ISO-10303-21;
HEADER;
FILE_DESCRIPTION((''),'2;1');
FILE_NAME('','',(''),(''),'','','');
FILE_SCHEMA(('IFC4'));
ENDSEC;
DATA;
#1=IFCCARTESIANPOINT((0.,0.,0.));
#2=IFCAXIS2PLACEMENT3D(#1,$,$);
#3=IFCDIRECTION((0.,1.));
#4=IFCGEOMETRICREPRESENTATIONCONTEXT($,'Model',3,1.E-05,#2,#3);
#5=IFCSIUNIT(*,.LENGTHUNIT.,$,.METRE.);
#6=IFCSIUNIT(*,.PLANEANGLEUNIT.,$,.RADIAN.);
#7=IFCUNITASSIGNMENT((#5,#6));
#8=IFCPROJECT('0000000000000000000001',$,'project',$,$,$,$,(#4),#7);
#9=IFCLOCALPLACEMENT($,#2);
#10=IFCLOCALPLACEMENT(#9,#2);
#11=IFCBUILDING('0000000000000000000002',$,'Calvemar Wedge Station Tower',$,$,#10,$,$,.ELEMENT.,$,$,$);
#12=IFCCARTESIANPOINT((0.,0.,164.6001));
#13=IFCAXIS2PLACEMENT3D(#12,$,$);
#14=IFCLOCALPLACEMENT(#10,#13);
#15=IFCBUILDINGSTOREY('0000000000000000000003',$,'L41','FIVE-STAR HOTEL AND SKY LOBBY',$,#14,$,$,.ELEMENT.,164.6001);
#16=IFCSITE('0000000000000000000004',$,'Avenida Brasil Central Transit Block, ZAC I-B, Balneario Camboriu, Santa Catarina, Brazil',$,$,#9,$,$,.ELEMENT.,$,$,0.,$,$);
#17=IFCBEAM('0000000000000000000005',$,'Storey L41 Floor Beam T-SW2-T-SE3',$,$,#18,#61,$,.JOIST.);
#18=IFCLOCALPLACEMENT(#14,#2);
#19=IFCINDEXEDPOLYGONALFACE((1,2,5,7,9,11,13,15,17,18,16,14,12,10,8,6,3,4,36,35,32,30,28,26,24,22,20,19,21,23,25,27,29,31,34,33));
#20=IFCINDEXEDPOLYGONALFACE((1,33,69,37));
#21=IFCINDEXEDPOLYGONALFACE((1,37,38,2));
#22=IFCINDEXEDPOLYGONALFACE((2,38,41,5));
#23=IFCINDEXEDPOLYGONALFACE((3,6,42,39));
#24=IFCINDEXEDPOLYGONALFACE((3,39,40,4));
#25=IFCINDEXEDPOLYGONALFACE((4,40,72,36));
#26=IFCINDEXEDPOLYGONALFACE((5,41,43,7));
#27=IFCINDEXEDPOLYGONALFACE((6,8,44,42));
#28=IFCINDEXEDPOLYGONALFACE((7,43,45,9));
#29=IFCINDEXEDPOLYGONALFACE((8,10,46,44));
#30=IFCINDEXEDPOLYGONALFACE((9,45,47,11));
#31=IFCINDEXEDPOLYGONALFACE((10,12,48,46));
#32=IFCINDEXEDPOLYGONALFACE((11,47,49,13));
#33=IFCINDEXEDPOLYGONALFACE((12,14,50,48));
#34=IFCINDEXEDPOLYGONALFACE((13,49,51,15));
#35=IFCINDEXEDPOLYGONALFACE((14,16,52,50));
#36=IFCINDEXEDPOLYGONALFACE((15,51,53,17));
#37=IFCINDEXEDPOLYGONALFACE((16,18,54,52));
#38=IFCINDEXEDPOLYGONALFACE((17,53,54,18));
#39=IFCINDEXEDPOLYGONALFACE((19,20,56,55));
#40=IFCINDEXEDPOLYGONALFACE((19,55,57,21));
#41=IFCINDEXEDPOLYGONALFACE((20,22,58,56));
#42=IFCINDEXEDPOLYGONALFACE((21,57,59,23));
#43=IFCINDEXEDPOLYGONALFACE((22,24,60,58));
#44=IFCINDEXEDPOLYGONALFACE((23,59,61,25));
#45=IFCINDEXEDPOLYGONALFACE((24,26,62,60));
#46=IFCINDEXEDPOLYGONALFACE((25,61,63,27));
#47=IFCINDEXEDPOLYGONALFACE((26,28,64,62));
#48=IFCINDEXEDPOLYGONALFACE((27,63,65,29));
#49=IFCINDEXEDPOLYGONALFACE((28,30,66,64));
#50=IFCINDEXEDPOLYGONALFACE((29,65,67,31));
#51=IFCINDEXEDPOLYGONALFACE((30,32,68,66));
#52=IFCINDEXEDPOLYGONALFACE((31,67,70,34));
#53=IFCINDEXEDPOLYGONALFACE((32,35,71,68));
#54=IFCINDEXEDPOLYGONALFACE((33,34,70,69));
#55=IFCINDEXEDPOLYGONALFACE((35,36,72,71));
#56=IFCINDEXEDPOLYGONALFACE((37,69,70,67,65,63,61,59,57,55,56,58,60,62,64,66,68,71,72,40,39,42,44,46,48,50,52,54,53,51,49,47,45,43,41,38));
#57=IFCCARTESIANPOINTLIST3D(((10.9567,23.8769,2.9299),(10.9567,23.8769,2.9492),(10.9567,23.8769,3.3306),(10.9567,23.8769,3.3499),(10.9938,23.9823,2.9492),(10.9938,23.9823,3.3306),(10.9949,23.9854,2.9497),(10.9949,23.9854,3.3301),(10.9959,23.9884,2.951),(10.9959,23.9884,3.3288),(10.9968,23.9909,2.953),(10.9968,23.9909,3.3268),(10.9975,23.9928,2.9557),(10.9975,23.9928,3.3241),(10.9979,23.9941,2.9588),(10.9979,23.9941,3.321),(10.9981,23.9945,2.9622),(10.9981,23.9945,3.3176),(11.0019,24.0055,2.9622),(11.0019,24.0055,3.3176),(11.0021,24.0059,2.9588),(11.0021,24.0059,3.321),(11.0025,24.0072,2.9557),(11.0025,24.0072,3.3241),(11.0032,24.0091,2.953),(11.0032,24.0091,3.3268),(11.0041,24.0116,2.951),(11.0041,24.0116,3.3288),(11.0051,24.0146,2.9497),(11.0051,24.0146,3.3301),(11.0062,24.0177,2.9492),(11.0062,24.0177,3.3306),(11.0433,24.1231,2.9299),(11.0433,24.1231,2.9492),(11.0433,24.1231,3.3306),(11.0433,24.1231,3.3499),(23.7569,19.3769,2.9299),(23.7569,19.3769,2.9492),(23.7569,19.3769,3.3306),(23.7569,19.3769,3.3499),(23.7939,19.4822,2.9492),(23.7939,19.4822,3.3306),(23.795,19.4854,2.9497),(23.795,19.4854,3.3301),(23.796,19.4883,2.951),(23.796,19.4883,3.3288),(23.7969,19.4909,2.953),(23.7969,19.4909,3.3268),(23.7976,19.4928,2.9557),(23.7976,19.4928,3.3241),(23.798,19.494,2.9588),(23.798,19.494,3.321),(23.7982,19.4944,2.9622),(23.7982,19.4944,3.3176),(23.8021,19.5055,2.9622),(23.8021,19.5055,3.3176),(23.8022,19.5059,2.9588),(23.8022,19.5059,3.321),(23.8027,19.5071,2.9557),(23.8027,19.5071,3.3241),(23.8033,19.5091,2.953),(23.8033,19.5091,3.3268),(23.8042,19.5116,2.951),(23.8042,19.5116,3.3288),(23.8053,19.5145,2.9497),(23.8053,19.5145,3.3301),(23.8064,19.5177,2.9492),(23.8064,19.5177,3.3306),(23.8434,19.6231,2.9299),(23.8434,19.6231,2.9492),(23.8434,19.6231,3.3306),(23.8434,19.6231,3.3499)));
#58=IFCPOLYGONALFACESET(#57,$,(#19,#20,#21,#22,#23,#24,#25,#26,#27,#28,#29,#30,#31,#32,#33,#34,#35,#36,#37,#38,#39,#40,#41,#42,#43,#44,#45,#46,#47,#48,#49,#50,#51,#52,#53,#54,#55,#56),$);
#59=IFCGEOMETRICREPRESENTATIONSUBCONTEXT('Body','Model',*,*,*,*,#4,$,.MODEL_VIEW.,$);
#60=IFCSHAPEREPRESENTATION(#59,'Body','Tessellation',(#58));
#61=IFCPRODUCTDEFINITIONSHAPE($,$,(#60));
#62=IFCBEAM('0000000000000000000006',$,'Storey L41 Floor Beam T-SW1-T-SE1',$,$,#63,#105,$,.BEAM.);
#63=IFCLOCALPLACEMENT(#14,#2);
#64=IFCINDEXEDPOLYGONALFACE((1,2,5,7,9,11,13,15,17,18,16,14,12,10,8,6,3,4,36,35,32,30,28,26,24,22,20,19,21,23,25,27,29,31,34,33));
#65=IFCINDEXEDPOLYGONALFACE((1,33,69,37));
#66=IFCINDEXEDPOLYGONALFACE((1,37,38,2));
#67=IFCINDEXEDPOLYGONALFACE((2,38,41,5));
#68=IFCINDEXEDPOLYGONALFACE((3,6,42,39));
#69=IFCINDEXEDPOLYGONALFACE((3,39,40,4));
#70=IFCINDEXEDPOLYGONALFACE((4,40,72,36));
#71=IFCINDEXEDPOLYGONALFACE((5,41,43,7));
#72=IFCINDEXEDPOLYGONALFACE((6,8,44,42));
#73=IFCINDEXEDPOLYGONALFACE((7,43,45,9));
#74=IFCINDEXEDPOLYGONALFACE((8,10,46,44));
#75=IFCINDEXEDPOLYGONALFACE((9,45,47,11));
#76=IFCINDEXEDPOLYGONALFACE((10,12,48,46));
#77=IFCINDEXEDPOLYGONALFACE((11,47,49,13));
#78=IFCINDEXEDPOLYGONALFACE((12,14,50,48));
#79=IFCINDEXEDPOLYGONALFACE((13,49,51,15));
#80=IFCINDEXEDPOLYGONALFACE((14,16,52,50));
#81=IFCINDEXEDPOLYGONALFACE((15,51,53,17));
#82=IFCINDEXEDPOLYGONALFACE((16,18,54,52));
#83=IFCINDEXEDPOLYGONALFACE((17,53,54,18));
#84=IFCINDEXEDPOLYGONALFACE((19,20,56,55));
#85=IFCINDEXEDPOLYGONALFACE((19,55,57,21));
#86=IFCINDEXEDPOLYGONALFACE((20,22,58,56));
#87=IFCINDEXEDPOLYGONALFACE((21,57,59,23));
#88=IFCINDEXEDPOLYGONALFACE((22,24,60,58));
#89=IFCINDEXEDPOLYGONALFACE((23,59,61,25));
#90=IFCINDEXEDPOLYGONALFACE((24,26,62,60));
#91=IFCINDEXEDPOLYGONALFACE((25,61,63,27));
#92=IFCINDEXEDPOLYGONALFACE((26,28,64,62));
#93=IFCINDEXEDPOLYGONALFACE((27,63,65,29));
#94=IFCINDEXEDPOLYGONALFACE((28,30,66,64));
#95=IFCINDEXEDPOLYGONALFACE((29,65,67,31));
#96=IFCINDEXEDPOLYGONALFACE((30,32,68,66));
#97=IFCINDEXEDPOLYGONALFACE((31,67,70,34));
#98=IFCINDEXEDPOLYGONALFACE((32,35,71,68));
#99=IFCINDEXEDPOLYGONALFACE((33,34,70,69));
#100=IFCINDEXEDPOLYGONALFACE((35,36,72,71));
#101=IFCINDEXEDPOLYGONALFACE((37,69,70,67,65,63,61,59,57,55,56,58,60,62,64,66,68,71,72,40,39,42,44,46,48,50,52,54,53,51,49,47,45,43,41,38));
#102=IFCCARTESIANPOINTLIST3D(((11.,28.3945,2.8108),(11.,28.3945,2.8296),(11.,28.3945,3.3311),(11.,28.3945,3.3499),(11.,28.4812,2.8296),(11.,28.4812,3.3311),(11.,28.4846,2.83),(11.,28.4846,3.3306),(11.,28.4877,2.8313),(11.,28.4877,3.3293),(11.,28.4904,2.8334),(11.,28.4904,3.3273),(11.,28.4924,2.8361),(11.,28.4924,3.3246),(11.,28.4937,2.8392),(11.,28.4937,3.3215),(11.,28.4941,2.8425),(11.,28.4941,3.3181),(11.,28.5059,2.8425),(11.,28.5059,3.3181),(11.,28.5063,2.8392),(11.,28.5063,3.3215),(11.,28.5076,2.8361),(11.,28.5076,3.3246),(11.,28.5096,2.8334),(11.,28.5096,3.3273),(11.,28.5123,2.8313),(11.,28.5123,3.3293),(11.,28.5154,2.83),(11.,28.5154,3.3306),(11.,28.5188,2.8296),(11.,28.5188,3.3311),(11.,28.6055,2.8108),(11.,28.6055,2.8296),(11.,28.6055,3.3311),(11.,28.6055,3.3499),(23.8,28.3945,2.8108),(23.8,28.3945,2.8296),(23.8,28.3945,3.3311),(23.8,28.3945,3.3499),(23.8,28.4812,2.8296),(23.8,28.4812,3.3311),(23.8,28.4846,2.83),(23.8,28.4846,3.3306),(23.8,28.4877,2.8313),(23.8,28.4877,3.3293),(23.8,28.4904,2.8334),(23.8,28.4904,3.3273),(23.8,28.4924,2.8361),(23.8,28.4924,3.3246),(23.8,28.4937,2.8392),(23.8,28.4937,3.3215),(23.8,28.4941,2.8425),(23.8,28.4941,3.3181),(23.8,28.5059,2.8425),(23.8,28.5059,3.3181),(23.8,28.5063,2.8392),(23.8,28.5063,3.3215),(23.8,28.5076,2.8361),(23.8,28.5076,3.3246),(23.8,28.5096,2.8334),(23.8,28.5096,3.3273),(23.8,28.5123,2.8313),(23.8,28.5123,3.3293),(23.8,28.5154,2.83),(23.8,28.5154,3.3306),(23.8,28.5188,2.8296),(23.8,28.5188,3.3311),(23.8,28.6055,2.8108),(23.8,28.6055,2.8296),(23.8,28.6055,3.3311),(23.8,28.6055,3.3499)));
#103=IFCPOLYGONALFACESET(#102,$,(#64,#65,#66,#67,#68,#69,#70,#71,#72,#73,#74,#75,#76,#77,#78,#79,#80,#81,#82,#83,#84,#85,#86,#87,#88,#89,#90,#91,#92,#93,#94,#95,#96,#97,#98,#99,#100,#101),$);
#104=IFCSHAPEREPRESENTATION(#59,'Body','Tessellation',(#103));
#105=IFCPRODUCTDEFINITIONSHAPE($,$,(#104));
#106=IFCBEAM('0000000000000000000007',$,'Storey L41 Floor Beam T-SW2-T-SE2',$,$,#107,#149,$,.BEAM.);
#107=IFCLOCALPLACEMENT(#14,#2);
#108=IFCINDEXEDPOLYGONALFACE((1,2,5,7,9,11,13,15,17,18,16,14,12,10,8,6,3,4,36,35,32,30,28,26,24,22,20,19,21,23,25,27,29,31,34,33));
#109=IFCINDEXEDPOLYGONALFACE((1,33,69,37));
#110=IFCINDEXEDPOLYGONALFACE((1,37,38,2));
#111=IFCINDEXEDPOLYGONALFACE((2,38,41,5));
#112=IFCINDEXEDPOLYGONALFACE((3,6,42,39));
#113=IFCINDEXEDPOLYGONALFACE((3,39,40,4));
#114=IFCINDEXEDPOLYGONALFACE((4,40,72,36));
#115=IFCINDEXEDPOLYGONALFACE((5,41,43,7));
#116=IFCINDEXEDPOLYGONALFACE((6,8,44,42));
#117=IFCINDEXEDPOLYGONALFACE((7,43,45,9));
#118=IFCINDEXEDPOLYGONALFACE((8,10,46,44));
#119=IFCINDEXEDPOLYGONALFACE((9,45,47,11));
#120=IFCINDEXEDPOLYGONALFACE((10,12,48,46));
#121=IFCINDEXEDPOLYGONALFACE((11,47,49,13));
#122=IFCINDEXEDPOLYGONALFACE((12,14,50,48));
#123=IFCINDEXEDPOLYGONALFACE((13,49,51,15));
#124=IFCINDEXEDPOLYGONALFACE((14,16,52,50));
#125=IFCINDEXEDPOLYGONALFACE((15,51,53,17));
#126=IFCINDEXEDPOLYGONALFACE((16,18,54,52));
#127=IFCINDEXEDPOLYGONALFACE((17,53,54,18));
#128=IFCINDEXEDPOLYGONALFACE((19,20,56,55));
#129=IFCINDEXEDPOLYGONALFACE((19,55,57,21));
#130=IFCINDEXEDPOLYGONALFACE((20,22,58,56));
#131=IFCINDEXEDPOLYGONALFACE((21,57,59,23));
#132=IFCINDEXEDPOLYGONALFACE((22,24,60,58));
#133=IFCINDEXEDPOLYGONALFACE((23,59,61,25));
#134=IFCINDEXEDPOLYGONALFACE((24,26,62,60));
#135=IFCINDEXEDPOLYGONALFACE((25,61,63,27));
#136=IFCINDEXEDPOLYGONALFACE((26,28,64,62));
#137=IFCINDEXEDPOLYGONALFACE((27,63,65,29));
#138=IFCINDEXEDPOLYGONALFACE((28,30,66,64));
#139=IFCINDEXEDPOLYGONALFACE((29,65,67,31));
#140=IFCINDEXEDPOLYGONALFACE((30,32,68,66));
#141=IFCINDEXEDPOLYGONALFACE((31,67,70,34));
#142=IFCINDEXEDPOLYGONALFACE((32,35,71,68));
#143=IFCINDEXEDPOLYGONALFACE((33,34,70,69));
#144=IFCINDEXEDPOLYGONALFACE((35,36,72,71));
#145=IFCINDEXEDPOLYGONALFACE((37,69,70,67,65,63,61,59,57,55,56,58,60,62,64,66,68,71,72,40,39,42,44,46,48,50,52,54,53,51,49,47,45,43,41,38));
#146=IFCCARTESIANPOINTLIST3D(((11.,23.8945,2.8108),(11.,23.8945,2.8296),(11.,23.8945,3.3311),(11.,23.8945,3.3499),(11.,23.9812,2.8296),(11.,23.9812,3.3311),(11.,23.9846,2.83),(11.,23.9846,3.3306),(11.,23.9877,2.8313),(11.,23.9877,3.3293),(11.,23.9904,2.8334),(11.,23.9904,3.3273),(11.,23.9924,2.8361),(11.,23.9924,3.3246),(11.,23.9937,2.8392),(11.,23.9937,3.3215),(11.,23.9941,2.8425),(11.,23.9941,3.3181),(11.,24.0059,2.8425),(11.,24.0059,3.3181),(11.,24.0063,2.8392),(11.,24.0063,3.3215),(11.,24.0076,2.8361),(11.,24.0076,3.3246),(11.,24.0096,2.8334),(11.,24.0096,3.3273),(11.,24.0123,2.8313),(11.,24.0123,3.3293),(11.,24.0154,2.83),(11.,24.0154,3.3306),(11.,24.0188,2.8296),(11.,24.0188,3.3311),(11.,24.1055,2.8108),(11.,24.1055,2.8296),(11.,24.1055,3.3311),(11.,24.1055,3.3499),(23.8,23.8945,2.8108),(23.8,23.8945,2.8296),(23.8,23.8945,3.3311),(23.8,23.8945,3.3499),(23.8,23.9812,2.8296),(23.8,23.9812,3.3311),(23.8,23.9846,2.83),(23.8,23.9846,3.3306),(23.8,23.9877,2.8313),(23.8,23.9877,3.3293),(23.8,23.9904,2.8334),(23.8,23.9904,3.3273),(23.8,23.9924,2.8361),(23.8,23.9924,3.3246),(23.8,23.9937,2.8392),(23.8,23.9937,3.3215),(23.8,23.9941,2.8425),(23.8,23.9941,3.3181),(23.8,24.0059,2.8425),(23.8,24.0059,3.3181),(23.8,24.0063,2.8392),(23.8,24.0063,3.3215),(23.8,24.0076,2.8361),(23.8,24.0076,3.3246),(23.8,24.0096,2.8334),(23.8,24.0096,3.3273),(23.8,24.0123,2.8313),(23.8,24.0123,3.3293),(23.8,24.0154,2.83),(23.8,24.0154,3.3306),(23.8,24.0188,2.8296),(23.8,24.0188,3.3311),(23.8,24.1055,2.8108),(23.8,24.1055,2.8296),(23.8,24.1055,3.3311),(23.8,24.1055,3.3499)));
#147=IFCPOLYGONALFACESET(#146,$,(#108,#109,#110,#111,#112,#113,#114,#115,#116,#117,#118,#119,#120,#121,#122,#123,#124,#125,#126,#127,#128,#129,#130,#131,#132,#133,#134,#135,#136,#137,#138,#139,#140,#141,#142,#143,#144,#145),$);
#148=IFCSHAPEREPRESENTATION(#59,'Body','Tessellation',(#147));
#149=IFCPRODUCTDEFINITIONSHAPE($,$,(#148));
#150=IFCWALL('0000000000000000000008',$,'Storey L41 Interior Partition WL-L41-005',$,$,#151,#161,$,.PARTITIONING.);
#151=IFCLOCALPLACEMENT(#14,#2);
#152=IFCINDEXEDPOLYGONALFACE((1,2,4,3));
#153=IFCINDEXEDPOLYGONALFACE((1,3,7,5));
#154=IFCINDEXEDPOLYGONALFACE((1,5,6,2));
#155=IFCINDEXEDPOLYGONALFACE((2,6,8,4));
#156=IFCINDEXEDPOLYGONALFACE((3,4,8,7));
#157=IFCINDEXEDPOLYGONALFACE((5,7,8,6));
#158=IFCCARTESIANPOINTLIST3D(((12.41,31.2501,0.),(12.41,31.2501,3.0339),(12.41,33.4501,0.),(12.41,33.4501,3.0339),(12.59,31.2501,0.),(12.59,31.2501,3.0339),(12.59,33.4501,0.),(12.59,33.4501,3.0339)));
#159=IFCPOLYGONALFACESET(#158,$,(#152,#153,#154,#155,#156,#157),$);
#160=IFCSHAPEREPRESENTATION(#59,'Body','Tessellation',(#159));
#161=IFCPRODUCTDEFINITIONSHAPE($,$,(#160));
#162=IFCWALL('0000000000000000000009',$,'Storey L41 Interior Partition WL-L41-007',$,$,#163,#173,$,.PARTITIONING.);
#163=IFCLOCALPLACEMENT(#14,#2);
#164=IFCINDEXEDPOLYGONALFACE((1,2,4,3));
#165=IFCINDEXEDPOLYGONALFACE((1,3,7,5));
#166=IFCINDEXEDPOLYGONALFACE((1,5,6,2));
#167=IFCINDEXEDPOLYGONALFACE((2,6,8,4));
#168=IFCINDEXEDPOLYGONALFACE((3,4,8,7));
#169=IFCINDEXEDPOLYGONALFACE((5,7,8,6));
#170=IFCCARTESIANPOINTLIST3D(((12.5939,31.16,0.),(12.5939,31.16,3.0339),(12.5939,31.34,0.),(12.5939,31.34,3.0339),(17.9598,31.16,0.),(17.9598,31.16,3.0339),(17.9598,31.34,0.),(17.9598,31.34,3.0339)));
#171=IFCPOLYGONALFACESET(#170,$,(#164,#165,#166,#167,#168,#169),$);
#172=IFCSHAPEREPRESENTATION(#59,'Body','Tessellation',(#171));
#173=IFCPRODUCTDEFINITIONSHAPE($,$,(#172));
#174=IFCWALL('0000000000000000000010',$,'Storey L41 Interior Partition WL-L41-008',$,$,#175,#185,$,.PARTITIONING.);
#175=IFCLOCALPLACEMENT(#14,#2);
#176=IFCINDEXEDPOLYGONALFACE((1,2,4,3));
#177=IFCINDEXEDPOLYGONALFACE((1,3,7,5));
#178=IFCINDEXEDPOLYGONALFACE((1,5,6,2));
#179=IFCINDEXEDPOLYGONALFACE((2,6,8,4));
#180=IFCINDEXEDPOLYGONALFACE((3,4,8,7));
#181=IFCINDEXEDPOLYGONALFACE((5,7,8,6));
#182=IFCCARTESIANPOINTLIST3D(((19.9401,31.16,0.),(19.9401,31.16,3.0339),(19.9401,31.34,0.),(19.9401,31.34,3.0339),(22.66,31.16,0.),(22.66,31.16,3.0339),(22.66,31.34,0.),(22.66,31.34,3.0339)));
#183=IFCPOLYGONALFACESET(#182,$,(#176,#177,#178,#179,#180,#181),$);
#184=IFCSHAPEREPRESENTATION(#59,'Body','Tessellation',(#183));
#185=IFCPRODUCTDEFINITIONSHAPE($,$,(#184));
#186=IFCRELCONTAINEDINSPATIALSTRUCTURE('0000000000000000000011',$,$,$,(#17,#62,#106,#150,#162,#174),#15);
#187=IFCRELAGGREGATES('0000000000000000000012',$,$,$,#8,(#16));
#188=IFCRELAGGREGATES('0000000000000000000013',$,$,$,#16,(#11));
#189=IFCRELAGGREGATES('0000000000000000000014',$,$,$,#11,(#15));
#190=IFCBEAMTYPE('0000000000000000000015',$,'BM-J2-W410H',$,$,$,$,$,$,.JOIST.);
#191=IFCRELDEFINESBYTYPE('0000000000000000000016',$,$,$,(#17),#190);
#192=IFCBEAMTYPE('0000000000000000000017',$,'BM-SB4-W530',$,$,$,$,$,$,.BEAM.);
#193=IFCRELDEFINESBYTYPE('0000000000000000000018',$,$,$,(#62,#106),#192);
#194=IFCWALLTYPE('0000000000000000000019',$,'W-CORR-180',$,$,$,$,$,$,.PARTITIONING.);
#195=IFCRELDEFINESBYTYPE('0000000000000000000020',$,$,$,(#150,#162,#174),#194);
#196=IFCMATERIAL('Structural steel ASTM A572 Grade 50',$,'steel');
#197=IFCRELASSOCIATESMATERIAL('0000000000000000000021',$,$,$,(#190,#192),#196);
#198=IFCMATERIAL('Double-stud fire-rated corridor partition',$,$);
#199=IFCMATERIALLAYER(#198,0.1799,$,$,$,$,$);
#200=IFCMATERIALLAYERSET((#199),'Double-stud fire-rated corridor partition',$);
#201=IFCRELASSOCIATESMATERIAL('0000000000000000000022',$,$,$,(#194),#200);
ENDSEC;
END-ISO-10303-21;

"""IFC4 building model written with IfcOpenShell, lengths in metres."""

from ifc_helpers import new_model, si_unit, direction, frame, frame_2d, origin, origin_2d, place, context, subcontext, project, spatial, rectangle, i_section, extrude, source, transform, mapped, material, layer, layer_set, material_profile, profile_set, type_object, element, save


model = new_model("IFC4")

# Units and contexts
model_context = context("Model", 3, precision=1e-05, world=origin(), true_north=direction((0.0, 1.0)))
body_context = subcontext(model_context, "Body", "Model", "MODEL_VIEW")
ifc_project = project(units=[si_unit("LENGTHUNIT", "METRE"), si_unit("PLANEANGLEUNIT", "RADIAN")], contexts=[model_context])

# Site, building, storey
site_placement = place(None, origin())
site = spatial("IfcSite", under=ifc_project, at=site_placement, Name="Avenida Brasil Central Transit Block, ZAC I-B, Balneario Camboriu, Santa Catarina, Brazil", CompositionType="ELEMENT", RefElevation=0.0)
building_placement = place(site_placement, origin())
building = spatial("IfcBuilding", under=site, at=building_placement, Name="Calvemar Wedge Station Tower", CompositionType="ELEMENT")
storey_placement = place(building_placement, frame((0.0, 0.0, 164.6001)))
storey = spatial("IfcBuildingStorey", under=building, at=storey_placement, Name="L41", Description="FIVE-STAR HOTEL AND SKY LOBBY", CompositionType="ELEMENT", Elevation=164.6001)

# Beams
ifc_material_1 = material(Name="Structural steel ASTM A572 Grade 50", Category="steel")
ifc_material_profile_1 = material_profile(ifc_material_1, i_section(OverallWidth=0.261, OverallDepth=0.4199, WebThickness=0.0117, FlangeThickness=0.0193, FilletRadius=0.0129, at=origin_2d()), Name="W410x114")
ifc_profile_set_1 = profile_set([ifc_material_profile_1], Name="Structural steel ASTM A572 Grade 50")
beam_type_1 = type_object("IfcBeamType", Name="BM-J2-W410H", PredefinedType="JOIST", material=ifc_profile_set_1)
shared_shape_1 = source(origin(), body_context, "Body", "SweptSolid", [
    extrude(i_section(OverallWidth=0.261, OverallDepth=0.4199, WebThickness=0.0117, FlangeThickness=0.0193, FilletRadius=0.0129, at=origin_2d()), origin(), (0.0, 0.0, 1.0), 13.5681),
])
for number, where, z_axis, x_axis, name in (
    (1, (11.0, 24.0, 3.1399), (0.943398, -0.331662, 0.0), (0.331662, 0.943398, 0.0), "Storey L41 Floor Beam T-SW2-T-SE3"),
):
    element("IfcBeam", number, at=place(storey_placement, frame(where, z_axis=z_axis, x_axis=x_axis)), inside=storey, type_object=beam_type_1, Name=name, PredefinedType="JOIST", context=body_context, shape_type="MappedRepresentation", body=[
        mapped(shared_shape_1, transform((0.0, 0.0, 0.0), scale=1.0)),
    ])
ifc_material_profile_2 = material_profile(ifc_material_1, i_section(OverallWidth=0.2109, OverallDepth=0.5391, WebThickness=0.0117, FlangeThickness=0.0188, FilletRadius=0.0129, at=origin_2d()), Name="W530x109")
ifc_profile_set_2 = profile_set([ifc_material_profile_2], Name="Structural steel ASTM A572 Grade 50")
beam_type_2 = type_object("IfcBeamType", Name="BM-SB4-W530", PredefinedType="BEAM", material=ifc_profile_set_2)
shared_shape_2 = source(origin(), body_context, "Body", "SweptSolid", [
    extrude(i_section(OverallWidth=0.2109, OverallDepth=0.5391, WebThickness=0.0117, FlangeThickness=0.0188, FilletRadius=0.0129, at=origin_2d()), origin(), (0.0, 0.0, 1.0), 12.8),
])
for number, where, z_axis, x_axis, name in (
    (2, (11.0, 28.5, 3.0803), (1.0, 0.0, 0.0), (0.0, 1.0, 0.0), "Storey L41 Floor Beam T-SW1-T-SE1"),
    (3, (11.0, 24.0, 3.0803), (1.0, 0.0, 0.0), (0.0, 1.0, 0.0), "Storey L41 Floor Beam T-SW2-T-SE2"),
):
    element("IfcBeam", number, at=place(storey_placement, frame(where, z_axis=z_axis, x_axis=x_axis)), inside=storey, type_object=beam_type_2, Name=name, PredefinedType="BEAM", context=body_context, shape_type="MappedRepresentation", body=[
        mapped(shared_shape_2, transform((0.0, 0.0, 0.0), scale=1.0)),
    ])

# Walls
ifc_material_2 = material(Name="Double-stud fire-rated corridor partition")
ifc_layer_1 = layer(ifc_material_2, 0.1799)
ifc_layer_set_1 = layer_set([ifc_layer_1], Name="Double-stud fire-rated corridor partition")
wall_type_1 = type_object("IfcWallType", Name="W-CORR-180", PredefinedType="PARTITIONING", material=ifc_layer_set_1)
wall_1_placement = place(storey_placement, frame((12.5, 31.25, 0.0), z_axis=(0.0, 0.0, 1.0), x_axis=(0.0, 1.0, 0.0)))
element("IfcWall", 4, at=wall_1_placement, inside=storey, type_object=wall_type_1, Name="Storey L41 Interior Partition WL-L41-005", PredefinedType="PARTITIONING", context=body_context, shape_type="SweptSolid", body=[
    extrude(rectangle(XDim=2.2, YDim=0.1799, at=frame_2d((1.1001, 0.0))), origin(), (0.0, 0.0, 1.0), 3.0339),
])
wall_2_placement = place(storey_placement, frame((17.96, 31.25, 0.0), z_axis=(0.0, 0.0, 1.0), x_axis=(-1.0, 0.0, 0.0)))
element("IfcWall", 5, at=wall_2_placement, inside=storey, type_object=wall_type_1, Name="Storey L41 Interior Partition WL-L41-007", PredefinedType="PARTITIONING", context=body_context, shape_type="SweptSolid", body=[
    extrude(rectangle(XDim=5.366, YDim=0.1799, at=frame_2d((2.6831, 0.0))), origin(), (0.0, 0.0, 1.0), 3.0339),
])
wall_3_placement = place(storey_placement, frame((22.6599, 31.25, 0.0), z_axis=(0.0, 0.0, 1.0), x_axis=(-1.0, 0.0, 0.0)))
element("IfcWall", 6, at=wall_3_placement, inside=storey, type_object=wall_type_1, Name="Storey L41 Interior Partition WL-L41-008", PredefinedType="PARTITIONING", context=body_context, shape_type="SweptSolid", body=[
    extrude(rectangle(XDim=2.72, YDim=0.1799, at=frame_2d((1.3599, 0.0))), origin(), (0.0, 0.0, 1.0), 3.0339),
])

save(model, "model.ifc")
